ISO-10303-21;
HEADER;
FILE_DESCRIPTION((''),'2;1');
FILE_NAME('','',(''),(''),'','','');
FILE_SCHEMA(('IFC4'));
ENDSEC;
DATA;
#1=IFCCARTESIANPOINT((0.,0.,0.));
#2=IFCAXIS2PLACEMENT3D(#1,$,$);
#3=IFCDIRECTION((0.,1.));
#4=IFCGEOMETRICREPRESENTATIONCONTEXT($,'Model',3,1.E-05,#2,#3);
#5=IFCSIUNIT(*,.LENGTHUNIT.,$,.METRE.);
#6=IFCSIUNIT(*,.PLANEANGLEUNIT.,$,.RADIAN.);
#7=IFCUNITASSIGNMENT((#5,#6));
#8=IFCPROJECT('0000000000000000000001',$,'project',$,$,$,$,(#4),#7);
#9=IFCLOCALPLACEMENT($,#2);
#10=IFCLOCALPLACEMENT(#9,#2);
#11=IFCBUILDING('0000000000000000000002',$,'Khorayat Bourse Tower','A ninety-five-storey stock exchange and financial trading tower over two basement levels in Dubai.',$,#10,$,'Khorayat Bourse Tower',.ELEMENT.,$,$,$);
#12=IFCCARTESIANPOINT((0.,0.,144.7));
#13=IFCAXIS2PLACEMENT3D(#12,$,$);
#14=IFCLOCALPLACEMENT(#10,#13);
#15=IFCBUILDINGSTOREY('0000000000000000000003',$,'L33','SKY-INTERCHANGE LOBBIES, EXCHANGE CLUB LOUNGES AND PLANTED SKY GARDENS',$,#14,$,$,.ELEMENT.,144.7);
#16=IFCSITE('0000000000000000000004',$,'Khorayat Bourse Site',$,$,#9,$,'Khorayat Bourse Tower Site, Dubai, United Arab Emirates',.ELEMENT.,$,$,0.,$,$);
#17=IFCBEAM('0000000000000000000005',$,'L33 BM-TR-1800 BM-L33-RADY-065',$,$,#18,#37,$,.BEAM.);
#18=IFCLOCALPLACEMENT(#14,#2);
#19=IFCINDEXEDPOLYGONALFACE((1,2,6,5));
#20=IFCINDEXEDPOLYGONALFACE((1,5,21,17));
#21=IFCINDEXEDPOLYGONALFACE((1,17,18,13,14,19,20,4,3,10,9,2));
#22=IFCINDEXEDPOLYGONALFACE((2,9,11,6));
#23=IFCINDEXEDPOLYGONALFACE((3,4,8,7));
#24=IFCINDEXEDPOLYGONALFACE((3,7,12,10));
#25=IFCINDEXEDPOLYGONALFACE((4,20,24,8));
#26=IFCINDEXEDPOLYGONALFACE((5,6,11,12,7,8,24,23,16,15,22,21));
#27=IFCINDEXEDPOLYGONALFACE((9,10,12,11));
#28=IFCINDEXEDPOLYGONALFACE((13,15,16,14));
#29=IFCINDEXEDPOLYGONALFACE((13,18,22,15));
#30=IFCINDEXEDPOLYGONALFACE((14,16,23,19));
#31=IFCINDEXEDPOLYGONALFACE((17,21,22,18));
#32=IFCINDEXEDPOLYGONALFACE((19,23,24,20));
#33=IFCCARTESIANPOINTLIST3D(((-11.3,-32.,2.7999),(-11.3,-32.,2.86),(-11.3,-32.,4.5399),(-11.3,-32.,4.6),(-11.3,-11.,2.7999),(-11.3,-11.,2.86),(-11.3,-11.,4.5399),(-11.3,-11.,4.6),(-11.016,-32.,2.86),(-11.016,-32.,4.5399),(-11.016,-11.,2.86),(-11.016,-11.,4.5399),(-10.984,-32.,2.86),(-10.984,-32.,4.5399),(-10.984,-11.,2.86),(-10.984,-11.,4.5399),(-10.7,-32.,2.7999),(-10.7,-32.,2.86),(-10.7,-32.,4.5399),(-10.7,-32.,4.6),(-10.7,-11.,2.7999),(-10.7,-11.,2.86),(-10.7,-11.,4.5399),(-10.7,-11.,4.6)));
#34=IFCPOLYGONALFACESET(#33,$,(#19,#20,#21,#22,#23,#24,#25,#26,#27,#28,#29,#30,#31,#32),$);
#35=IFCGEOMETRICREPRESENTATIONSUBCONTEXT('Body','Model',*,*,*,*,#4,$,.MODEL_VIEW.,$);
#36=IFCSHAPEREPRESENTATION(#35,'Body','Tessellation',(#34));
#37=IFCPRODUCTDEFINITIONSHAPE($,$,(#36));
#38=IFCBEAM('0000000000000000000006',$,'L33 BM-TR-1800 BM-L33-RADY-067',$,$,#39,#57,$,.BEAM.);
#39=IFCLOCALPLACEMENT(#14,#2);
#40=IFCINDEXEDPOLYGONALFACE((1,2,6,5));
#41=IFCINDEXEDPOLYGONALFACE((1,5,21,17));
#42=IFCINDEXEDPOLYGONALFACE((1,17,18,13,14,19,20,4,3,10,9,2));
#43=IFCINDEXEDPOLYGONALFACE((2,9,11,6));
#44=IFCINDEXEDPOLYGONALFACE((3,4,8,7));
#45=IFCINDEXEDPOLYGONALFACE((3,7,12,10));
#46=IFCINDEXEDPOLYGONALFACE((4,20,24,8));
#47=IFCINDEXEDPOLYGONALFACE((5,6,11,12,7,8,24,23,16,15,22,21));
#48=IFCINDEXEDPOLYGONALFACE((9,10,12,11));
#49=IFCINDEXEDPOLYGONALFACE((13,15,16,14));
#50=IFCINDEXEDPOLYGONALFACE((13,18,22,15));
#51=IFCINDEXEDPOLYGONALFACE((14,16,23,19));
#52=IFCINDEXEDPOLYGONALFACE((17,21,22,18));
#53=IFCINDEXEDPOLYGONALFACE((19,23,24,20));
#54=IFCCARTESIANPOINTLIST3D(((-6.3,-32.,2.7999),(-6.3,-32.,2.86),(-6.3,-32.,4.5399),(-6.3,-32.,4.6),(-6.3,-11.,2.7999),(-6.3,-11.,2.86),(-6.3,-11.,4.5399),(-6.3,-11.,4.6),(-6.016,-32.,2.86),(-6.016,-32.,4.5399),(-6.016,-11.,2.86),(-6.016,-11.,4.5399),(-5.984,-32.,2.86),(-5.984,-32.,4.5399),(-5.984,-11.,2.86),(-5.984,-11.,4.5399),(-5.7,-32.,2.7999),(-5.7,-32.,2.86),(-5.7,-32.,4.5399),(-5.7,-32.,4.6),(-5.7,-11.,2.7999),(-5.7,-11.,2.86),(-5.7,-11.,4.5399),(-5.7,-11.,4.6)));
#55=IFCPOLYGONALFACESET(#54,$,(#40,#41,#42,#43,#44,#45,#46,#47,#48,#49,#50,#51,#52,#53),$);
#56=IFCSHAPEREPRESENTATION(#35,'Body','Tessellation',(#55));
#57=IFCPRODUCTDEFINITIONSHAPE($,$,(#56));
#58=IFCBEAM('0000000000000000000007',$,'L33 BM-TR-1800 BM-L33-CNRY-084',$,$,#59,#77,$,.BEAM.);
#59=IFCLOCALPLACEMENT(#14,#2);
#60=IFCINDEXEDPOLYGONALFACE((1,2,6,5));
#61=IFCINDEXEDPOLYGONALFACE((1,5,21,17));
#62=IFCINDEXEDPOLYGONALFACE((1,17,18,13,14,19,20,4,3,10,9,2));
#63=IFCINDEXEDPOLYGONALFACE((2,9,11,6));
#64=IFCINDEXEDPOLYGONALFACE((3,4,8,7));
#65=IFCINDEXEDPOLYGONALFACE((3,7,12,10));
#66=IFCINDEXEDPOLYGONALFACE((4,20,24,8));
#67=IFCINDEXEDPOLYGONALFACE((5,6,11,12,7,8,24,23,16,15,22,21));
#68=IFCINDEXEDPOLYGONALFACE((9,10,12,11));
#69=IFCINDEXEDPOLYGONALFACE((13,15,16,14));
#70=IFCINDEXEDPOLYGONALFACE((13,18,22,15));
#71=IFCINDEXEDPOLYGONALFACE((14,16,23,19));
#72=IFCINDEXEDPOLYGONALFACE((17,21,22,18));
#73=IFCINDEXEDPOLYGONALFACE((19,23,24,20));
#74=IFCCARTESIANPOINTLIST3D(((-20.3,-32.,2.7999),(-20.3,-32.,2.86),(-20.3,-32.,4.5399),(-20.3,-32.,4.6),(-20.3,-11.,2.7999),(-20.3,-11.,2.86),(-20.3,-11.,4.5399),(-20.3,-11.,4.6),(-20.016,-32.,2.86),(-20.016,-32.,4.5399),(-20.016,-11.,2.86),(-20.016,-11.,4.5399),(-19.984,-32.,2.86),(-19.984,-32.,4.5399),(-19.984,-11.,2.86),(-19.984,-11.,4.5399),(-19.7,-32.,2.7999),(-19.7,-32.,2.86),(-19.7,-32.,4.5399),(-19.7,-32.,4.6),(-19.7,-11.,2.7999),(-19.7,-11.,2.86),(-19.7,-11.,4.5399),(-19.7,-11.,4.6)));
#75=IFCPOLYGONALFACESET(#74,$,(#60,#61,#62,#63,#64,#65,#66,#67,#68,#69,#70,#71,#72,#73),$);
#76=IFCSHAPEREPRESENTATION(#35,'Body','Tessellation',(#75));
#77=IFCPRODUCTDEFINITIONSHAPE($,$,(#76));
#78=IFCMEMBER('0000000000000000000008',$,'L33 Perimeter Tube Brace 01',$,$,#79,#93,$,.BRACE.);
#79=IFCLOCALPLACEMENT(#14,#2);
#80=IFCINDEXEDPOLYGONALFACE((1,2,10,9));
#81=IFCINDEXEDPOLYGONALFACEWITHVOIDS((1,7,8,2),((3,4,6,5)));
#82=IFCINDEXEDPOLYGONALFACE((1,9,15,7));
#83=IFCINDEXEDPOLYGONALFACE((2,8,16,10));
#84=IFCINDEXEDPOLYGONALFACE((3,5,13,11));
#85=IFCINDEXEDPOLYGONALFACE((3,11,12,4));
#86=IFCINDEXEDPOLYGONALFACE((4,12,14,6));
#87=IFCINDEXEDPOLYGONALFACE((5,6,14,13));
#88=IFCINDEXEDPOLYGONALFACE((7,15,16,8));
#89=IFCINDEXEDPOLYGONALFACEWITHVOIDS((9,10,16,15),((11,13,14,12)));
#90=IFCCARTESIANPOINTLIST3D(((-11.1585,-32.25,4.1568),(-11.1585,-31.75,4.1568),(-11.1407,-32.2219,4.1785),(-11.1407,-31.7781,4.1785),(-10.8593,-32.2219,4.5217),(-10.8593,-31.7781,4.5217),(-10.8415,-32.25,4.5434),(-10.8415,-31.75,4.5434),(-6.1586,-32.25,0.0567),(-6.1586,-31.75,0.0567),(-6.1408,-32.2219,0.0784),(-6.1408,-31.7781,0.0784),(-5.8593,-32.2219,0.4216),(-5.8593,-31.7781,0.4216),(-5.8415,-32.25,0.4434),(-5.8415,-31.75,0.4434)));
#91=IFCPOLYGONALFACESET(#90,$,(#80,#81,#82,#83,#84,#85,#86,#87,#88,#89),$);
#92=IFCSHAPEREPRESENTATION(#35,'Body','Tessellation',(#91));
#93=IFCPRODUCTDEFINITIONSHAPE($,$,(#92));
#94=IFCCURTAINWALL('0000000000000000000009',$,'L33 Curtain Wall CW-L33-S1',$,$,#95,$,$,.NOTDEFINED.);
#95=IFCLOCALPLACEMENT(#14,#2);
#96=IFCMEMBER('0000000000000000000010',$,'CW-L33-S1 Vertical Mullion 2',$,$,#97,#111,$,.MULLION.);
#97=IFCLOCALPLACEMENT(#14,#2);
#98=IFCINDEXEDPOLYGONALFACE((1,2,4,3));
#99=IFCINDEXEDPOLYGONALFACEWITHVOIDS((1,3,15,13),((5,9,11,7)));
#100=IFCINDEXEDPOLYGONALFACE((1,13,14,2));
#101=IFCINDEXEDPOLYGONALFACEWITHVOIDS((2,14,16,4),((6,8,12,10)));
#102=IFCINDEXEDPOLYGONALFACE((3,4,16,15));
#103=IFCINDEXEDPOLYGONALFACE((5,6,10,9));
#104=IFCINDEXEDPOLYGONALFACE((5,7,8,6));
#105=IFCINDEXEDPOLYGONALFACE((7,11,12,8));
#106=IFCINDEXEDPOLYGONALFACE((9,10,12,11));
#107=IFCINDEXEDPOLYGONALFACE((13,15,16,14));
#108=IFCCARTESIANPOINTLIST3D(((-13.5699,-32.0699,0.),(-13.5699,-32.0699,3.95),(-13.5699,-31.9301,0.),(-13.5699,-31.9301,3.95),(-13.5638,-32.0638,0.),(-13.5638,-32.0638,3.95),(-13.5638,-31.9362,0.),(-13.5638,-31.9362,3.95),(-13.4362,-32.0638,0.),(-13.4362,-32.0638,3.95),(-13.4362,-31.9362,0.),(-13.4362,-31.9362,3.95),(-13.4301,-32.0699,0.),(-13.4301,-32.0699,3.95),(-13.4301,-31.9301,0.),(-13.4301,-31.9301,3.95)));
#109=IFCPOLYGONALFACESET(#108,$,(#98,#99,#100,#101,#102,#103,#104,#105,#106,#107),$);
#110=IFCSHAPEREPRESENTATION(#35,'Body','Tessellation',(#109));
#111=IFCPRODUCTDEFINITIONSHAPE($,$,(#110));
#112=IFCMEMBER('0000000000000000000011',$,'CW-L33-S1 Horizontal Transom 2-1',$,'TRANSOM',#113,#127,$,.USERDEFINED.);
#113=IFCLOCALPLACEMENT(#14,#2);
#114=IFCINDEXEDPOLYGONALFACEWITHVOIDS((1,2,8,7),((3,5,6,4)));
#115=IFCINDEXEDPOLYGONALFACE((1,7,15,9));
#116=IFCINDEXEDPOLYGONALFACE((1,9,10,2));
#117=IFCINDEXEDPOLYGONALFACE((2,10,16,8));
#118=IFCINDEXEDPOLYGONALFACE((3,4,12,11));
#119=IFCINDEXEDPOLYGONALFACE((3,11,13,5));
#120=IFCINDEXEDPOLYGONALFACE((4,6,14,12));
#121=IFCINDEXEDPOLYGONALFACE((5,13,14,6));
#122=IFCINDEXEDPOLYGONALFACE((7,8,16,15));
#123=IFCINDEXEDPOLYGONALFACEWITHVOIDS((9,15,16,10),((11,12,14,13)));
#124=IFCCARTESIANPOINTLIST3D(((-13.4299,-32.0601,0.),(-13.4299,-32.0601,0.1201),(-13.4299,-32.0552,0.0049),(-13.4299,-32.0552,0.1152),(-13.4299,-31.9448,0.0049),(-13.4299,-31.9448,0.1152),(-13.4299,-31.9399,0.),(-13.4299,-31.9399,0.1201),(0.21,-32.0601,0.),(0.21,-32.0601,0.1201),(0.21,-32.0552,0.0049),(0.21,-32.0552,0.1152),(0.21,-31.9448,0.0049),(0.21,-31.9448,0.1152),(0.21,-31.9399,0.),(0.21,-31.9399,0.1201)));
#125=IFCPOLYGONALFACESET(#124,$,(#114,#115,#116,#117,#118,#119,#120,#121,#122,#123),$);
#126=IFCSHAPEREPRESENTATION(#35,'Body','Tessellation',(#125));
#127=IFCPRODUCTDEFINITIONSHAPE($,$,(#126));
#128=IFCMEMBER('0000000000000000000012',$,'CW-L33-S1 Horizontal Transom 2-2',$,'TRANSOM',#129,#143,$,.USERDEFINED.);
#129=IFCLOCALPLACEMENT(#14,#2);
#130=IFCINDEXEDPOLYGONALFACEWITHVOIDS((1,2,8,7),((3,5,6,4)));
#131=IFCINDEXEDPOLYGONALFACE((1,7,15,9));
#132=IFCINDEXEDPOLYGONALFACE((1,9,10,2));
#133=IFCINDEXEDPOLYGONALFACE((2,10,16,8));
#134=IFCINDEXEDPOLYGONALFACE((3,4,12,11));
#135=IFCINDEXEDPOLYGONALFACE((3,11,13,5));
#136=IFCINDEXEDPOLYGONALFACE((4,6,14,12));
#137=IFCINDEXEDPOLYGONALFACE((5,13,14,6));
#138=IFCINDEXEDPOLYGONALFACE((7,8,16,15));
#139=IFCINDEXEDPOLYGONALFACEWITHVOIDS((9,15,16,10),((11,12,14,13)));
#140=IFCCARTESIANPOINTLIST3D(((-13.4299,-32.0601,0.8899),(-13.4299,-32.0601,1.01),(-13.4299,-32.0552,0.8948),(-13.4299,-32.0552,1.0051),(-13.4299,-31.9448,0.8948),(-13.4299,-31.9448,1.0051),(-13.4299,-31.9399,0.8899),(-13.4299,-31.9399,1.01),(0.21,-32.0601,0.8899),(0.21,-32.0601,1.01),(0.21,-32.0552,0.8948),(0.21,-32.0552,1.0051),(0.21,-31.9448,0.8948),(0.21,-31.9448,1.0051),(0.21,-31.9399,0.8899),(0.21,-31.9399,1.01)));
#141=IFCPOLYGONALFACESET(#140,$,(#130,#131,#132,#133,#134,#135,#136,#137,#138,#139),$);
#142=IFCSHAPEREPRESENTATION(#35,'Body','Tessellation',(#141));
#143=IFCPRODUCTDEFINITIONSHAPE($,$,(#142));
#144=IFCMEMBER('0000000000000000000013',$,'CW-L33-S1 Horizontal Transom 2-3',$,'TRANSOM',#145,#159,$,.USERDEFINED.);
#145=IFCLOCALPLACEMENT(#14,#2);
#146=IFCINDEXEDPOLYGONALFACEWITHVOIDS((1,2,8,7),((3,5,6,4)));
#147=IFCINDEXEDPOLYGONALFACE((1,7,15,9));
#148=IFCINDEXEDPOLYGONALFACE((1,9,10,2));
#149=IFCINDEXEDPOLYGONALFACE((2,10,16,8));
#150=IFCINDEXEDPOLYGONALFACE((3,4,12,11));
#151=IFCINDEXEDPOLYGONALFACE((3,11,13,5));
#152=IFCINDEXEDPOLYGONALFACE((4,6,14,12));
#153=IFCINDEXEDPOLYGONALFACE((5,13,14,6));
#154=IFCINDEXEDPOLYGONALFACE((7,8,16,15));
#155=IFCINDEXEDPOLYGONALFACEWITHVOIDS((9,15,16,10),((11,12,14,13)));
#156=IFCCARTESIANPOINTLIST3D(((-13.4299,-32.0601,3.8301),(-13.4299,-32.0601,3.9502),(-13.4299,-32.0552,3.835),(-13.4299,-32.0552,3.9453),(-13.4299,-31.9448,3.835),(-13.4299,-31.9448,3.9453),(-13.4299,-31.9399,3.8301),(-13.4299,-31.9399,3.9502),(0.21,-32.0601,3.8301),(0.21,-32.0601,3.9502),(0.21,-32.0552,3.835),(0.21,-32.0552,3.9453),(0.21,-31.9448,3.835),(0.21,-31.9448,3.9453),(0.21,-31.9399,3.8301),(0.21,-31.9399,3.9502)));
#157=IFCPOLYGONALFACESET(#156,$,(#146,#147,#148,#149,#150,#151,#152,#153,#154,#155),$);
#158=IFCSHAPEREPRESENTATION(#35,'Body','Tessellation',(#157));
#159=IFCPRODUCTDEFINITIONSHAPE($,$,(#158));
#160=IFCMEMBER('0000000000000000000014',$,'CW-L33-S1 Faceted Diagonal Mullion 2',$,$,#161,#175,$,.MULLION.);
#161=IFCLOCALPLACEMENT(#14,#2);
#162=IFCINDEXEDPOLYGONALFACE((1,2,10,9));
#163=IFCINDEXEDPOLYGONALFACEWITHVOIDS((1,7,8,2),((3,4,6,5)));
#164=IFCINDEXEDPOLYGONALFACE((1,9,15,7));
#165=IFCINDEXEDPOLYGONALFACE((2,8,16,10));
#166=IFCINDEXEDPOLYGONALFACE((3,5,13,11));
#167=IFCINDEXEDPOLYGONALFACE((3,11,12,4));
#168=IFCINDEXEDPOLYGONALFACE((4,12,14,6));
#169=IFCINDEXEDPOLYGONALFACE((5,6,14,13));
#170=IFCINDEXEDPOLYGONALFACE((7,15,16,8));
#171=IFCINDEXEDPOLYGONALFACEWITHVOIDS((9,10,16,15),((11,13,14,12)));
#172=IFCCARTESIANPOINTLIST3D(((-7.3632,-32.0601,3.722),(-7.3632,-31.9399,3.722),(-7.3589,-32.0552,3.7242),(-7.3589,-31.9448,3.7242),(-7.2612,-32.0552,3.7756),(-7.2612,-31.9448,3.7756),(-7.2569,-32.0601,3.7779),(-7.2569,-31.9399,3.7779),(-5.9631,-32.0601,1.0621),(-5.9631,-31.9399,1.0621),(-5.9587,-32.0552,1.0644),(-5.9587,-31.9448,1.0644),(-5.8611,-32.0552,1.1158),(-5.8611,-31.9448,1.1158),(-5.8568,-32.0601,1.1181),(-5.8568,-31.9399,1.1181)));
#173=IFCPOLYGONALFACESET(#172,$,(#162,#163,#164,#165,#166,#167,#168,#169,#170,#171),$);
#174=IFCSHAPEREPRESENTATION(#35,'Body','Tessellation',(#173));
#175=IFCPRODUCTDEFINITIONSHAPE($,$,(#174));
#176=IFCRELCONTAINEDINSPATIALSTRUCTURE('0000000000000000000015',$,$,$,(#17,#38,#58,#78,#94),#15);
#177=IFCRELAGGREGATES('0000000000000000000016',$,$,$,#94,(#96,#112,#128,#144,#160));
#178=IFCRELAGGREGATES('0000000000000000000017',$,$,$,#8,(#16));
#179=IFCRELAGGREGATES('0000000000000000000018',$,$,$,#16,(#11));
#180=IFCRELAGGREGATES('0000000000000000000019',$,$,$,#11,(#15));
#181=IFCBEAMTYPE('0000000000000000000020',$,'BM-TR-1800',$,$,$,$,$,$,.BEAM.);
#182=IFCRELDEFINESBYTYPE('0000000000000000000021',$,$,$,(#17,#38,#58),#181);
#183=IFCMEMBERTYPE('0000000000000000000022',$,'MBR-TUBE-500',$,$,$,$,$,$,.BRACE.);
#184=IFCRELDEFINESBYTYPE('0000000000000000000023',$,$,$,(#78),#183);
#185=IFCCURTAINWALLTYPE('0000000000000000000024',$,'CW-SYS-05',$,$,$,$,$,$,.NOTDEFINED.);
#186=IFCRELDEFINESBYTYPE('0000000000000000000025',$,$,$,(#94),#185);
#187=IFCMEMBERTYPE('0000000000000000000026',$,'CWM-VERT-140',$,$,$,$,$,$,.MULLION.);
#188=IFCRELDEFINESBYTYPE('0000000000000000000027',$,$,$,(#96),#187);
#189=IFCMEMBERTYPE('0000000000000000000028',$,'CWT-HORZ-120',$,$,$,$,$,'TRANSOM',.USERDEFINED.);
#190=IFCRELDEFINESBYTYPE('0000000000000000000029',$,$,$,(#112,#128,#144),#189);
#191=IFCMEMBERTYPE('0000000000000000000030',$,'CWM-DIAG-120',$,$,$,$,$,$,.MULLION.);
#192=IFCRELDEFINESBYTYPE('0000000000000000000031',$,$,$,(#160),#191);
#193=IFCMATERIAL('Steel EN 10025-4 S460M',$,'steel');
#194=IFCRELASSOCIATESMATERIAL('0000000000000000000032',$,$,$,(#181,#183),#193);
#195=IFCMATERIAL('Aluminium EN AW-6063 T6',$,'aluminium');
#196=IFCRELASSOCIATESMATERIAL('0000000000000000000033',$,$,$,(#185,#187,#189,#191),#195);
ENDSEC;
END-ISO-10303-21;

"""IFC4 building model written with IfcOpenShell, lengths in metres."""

from ifc_helpers import new_model, si_unit, direction, frame, origin, origin_2d, place, context, subcontext, project, spatial, hollow_rectangle, i_section, extrude, source, transform, mapped, material, material_profile, profile_set, type_object, element, aggregate, save


model = new_model("IFC4")

# Units and contexts
model_context = context("Model", 3, precision=1e-05, world=origin(), true_north=direction((0.0, 1.0)))
body_context = subcontext(model_context, "Body", "Model", "MODEL_VIEW")
ifc_project = project(units=[si_unit("LENGTHUNIT", "METRE"), si_unit("PLANEANGLEUNIT", "RADIAN")], contexts=[model_context])

# Site, building, storey
site_placement = place(None, origin())
site = spatial("IfcSite", under=ifc_project, at=site_placement, Name="Khorayat Bourse Site", LongName="Khorayat Bourse Tower Site, Dubai, United Arab Emirates", CompositionType="ELEMENT", RefElevation=0.0)
building_placement = place(site_placement, origin())
building = spatial("IfcBuilding", under=site, at=building_placement, Name="Khorayat Bourse Tower", Description="A ninety-five-storey stock exchange and financial trading tower over two basement levels in Dubai.", LongName="Khorayat Bourse Tower", CompositionType="ELEMENT")
storey_placement = place(building_placement, frame((0.0, 0.0, 144.7)))
storey = spatial("IfcBuildingStorey", under=building, at=storey_placement, Name="L33", Description="SKY-INTERCHANGE LOBBIES, EXCHANGE CLUB LOUNGES AND PLANTED SKY GARDENS", CompositionType="ELEMENT", Elevation=144.7)

# Shared definitions
ifc_material_1 = material(Name="Steel EN 10025-4 S460M", Category="steel")

# Beams
ifc_material_profile_1 = material_profile(ifc_material_1, i_section(OverallWidth=0.6001, OverallDepth=1.8, WebThickness=0.032, FlangeThickness=0.0601, at=origin_2d()), Name="PG 1800x600x32x60")
ifc_profile_set_1 = profile_set([ifc_material_profile_1], Name="Steel EN 10025-4 S460M")
beam_type_1 = type_object("IfcBeamType", Name="BM-TR-1800", PredefinedType="BEAM", material=ifc_profile_set_1)
shared_shape_1 = source(origin(), body_context, "Body", "SweptSolid", [
    extrude(i_section(OverallWidth=0.6001, OverallDepth=1.8, WebThickness=0.032, FlangeThickness=0.0601, at=origin_2d()), origin(), (0.0, 0.0, 1.0), 21.0),
])
for number, where, z_axis, x_axis, name in (
    (1, (-11.0, -32.0, 3.7), (0.0, 1.0, 0.0), (-1.0, 0.0, 0.0), "L33 BM-TR-1800 BM-L33-RADY-065"),
    (2, (-6.0, -32.0, 3.7), (0.0, 1.0, 0.0), (-1.0, 0.0, 0.0), "L33 BM-TR-1800 BM-L33-RADY-067"),
    (3, (-20.0, -32.0, 3.7), (0.0, 1.0, 0.0), (-1.0, 0.0, 0.0), "L33 BM-TR-1800 BM-L33-CNRY-084"),
):
    element("IfcBeam", number, at=place(storey_placement, frame(where, z_axis=z_axis, x_axis=x_axis)), inside=storey, type_object=beam_type_1, Name=name, PredefinedType="BEAM", context=body_context, shape_type="MappedRepresentation", body=[
        mapped(shared_shape_1, transform((0.0, 0.0, 0.0), scale=1.0)),
    ])

# Member
ifc_material_profile_2 = material_profile(ifc_material_1, hollow_rectangle(XDim=0.5, YDim=0.5, WallThickness=0.0281, at=origin_2d()), Name="HSS 500x500x28")
ifc_profile_set_2 = profile_set([ifc_material_profile_2], Name="Steel EN 10025-4 S460M")
member_type_1 = type_object("IfcMemberType", Name="MBR-TUBE-500", PredefinedType="BRACE", material=ifc_profile_set_2)
shared_shape_2 = source(origin(), body_context, "Body", "SweptSolid", [
    extrude(hollow_rectangle(XDim=0.5, YDim=0.5, WallThickness=0.0281, at=origin_2d()), origin(), (0.0, 0.0, 1.0), 6.4661),
])
member_1_placement = place(storey_placement, frame((-11.0, -32.0, 4.3501), z_axis=(0.77326, 0.0, -0.634089), x_axis=(0.0, 1.0, 0.0)))
element("IfcMember", 4, at=member_1_placement, inside=storey, type_object=member_type_1, Name="L33 Perimeter Tube Brace 01", PredefinedType="BRACE", context=body_context, shape_type="MappedRepresentation", body=[
    mapped(shared_shape_2, transform((0.0, 0.0, 0.0), scale=1.0)),
])

# Curtain wall, members
ifc_material_2 = material(Name="Aluminium EN AW-6063 T6", Category="aluminium")
curtain_wall_type = type_object("IfcCurtainWallType", Name="CW-SYS-05", PredefinedType="NOTDEFINED", material=ifc_material_2)
curtain_wall_placement = place(storey_placement, origin())
curtain_wall = element("IfcCurtainWall", 5, at=curtain_wall_placement, inside=storey, type_object=curtain_wall_type, Name="L33 Curtain Wall CW-L33-S1", PredefinedType="NOTDEFINED")
ifc_material_profile_3 = material_profile(ifc_material_2, hollow_rectangle(XDim=0.1399, YDim=0.1399, WallThickness=0.0061, at=origin_2d()), Name="ALU 140x140x6")
ifc_profile_set_3 = profile_set([ifc_material_profile_3], Name="Aluminium EN AW-6063 T6")
member_type_2 = type_object("IfcMemberType", Name="CWM-VERT-140", PredefinedType="MULLION", material=ifc_profile_set_3)
shared_shape_3 = source(origin(), body_context, "Body", "SweptSolid", [
    extrude(hollow_rectangle(XDim=0.1399, YDim=0.1399, WallThickness=0.0061, at=origin_2d()), origin(), (0.0, 0.0, 1.0), 3.95),
])
member_2_placement = place(storey_placement, frame((-13.5, -32.0, 0.0), z_axis=(0.0, 0.0, 1.0), x_axis=(0.0, 1.0, 0.0)))
member_2 = element("IfcMember", 6, at=member_2_placement, type_object=member_type_2, Name="CW-L33-S1 Vertical Mullion 2", PredefinedType="MULLION", context=body_context, shape_type="MappedRepresentation", body=[
    mapped(shared_shape_3, transform((0.0, 0.0, 0.0), scale=1.0)),
])
ifc_material_profile_4 = material_profile(ifc_material_2, hollow_rectangle(XDim=0.1201, YDim=0.1201, WallThickness=0.0049, at=origin_2d()), Name="ALU 120x120x5")
ifc_profile_set_4 = profile_set([ifc_material_profile_4], Name="Aluminium EN AW-6063 T6")
member_type_3 = type_object("IfcMemberType", Name="CWT-HORZ-120", ElementType="TRANSOM", PredefinedType="USERDEFINED", material=ifc_profile_set_4)
shared_shape_4 = source(origin(), body_context, "Body", "SweptSolid", [
    extrude(hollow_rectangle(XDim=0.1201, YDim=0.1201, WallThickness=0.0049, at=origin_2d()), origin(), (0.0, 0.0, 1.0), 13.6399),
])
member_3_placement = place(storey_placement, frame((-13.4299, -32.0, 0.0601), z_axis=(1.0, 0.0, 0.0), x_axis=(0.0, 1.0, 0.0)))
member_3 = element("IfcMember", 7, at=member_3_placement, type_object=member_type_3, Name="CW-L33-S1 Horizontal Transom 2-1", ObjectType="TRANSOM", PredefinedType="USERDEFINED", context=body_context, shape_type="MappedRepresentation", body=[
    mapped(shared_shape_4, transform((0.0, 0.0, 0.0), scale=1.0)),
])
member_4_placement = place(storey_placement, frame((-13.4299, -32.0, 0.95), z_axis=(1.0, 0.0, 0.0), x_axis=(0.0, 1.0, 0.0)))
member_4 = element("IfcMember", 8, at=member_4_placement, type_object=member_type_3, Name="CW-L33-S1 Horizontal Transom 2-2", ObjectType="TRANSOM", PredefinedType="USERDEFINED", context=body_context, shape_type="MappedRepresentation", body=[
    mapped(shared_shape_4, transform((0.0, 0.0, 0.0), scale=1.0)),
])
member_5_placement = place(storey_placement, frame((-13.4299, -32.0, 3.8901), z_axis=(1.0, 0.0, 0.0), x_axis=(0.0, 1.0, 0.0)))
member_5 = element("IfcMember", 9, at=member_5_placement, type_object=member_type_3, Name="CW-L33-S1 Horizontal Transom 2-3", ObjectType="TRANSOM", PredefinedType="USERDEFINED", context=body_context, shape_type="MappedRepresentation", body=[
    mapped(shared_shape_4, transform((0.0, 0.0, 0.0), scale=1.0)),
])
ifc_material_profile_5 = material_profile(ifc_material_2, hollow_rectangle(XDim=0.1201, YDim=0.1201, WallThickness=0.0049, at=origin_2d()), Name="ALU 120x120x5")
ifc_profile_set_5 = profile_set([ifc_material_profile_5], Name="Aluminium EN AW-6063 T6")
member_type_4 = type_object("IfcMemberType", Name="CWM-DIAG-120", PredefinedType="MULLION", material=ifc_profile_set_5)
shared_shape_5 = source(origin(), body_context, "Body", "SweptSolid", [
    extrude(hollow_rectangle(XDim=0.1201, YDim=0.1201, WallThickness=0.0049, at=origin_2d()), origin(), (0.0, 0.0, 1.0), 3.0059),
])
member_6_placement = place(storey_placement, frame((-5.9099, -32.0, 1.0901), z_axis=(-0.465797, 0.0, 0.884892), x_axis=(0.0, -1.0, 0.0)))
member_6 = element("IfcMember", 10, at=member_6_placement, type_object=member_type_4, Name="CW-L33-S1 Faceted Diagonal Mullion 2", PredefinedType="MULLION", context=body_context, shape_type="MappedRepresentation", body=[
    mapped(shared_shape_5, transform((0.0, 0.0, 0.0), scale=1.0)),
])

aggregate(curtain_wall, [member_2, member_3, member_4, member_5, member_6])

save(model, "model.ifc")
